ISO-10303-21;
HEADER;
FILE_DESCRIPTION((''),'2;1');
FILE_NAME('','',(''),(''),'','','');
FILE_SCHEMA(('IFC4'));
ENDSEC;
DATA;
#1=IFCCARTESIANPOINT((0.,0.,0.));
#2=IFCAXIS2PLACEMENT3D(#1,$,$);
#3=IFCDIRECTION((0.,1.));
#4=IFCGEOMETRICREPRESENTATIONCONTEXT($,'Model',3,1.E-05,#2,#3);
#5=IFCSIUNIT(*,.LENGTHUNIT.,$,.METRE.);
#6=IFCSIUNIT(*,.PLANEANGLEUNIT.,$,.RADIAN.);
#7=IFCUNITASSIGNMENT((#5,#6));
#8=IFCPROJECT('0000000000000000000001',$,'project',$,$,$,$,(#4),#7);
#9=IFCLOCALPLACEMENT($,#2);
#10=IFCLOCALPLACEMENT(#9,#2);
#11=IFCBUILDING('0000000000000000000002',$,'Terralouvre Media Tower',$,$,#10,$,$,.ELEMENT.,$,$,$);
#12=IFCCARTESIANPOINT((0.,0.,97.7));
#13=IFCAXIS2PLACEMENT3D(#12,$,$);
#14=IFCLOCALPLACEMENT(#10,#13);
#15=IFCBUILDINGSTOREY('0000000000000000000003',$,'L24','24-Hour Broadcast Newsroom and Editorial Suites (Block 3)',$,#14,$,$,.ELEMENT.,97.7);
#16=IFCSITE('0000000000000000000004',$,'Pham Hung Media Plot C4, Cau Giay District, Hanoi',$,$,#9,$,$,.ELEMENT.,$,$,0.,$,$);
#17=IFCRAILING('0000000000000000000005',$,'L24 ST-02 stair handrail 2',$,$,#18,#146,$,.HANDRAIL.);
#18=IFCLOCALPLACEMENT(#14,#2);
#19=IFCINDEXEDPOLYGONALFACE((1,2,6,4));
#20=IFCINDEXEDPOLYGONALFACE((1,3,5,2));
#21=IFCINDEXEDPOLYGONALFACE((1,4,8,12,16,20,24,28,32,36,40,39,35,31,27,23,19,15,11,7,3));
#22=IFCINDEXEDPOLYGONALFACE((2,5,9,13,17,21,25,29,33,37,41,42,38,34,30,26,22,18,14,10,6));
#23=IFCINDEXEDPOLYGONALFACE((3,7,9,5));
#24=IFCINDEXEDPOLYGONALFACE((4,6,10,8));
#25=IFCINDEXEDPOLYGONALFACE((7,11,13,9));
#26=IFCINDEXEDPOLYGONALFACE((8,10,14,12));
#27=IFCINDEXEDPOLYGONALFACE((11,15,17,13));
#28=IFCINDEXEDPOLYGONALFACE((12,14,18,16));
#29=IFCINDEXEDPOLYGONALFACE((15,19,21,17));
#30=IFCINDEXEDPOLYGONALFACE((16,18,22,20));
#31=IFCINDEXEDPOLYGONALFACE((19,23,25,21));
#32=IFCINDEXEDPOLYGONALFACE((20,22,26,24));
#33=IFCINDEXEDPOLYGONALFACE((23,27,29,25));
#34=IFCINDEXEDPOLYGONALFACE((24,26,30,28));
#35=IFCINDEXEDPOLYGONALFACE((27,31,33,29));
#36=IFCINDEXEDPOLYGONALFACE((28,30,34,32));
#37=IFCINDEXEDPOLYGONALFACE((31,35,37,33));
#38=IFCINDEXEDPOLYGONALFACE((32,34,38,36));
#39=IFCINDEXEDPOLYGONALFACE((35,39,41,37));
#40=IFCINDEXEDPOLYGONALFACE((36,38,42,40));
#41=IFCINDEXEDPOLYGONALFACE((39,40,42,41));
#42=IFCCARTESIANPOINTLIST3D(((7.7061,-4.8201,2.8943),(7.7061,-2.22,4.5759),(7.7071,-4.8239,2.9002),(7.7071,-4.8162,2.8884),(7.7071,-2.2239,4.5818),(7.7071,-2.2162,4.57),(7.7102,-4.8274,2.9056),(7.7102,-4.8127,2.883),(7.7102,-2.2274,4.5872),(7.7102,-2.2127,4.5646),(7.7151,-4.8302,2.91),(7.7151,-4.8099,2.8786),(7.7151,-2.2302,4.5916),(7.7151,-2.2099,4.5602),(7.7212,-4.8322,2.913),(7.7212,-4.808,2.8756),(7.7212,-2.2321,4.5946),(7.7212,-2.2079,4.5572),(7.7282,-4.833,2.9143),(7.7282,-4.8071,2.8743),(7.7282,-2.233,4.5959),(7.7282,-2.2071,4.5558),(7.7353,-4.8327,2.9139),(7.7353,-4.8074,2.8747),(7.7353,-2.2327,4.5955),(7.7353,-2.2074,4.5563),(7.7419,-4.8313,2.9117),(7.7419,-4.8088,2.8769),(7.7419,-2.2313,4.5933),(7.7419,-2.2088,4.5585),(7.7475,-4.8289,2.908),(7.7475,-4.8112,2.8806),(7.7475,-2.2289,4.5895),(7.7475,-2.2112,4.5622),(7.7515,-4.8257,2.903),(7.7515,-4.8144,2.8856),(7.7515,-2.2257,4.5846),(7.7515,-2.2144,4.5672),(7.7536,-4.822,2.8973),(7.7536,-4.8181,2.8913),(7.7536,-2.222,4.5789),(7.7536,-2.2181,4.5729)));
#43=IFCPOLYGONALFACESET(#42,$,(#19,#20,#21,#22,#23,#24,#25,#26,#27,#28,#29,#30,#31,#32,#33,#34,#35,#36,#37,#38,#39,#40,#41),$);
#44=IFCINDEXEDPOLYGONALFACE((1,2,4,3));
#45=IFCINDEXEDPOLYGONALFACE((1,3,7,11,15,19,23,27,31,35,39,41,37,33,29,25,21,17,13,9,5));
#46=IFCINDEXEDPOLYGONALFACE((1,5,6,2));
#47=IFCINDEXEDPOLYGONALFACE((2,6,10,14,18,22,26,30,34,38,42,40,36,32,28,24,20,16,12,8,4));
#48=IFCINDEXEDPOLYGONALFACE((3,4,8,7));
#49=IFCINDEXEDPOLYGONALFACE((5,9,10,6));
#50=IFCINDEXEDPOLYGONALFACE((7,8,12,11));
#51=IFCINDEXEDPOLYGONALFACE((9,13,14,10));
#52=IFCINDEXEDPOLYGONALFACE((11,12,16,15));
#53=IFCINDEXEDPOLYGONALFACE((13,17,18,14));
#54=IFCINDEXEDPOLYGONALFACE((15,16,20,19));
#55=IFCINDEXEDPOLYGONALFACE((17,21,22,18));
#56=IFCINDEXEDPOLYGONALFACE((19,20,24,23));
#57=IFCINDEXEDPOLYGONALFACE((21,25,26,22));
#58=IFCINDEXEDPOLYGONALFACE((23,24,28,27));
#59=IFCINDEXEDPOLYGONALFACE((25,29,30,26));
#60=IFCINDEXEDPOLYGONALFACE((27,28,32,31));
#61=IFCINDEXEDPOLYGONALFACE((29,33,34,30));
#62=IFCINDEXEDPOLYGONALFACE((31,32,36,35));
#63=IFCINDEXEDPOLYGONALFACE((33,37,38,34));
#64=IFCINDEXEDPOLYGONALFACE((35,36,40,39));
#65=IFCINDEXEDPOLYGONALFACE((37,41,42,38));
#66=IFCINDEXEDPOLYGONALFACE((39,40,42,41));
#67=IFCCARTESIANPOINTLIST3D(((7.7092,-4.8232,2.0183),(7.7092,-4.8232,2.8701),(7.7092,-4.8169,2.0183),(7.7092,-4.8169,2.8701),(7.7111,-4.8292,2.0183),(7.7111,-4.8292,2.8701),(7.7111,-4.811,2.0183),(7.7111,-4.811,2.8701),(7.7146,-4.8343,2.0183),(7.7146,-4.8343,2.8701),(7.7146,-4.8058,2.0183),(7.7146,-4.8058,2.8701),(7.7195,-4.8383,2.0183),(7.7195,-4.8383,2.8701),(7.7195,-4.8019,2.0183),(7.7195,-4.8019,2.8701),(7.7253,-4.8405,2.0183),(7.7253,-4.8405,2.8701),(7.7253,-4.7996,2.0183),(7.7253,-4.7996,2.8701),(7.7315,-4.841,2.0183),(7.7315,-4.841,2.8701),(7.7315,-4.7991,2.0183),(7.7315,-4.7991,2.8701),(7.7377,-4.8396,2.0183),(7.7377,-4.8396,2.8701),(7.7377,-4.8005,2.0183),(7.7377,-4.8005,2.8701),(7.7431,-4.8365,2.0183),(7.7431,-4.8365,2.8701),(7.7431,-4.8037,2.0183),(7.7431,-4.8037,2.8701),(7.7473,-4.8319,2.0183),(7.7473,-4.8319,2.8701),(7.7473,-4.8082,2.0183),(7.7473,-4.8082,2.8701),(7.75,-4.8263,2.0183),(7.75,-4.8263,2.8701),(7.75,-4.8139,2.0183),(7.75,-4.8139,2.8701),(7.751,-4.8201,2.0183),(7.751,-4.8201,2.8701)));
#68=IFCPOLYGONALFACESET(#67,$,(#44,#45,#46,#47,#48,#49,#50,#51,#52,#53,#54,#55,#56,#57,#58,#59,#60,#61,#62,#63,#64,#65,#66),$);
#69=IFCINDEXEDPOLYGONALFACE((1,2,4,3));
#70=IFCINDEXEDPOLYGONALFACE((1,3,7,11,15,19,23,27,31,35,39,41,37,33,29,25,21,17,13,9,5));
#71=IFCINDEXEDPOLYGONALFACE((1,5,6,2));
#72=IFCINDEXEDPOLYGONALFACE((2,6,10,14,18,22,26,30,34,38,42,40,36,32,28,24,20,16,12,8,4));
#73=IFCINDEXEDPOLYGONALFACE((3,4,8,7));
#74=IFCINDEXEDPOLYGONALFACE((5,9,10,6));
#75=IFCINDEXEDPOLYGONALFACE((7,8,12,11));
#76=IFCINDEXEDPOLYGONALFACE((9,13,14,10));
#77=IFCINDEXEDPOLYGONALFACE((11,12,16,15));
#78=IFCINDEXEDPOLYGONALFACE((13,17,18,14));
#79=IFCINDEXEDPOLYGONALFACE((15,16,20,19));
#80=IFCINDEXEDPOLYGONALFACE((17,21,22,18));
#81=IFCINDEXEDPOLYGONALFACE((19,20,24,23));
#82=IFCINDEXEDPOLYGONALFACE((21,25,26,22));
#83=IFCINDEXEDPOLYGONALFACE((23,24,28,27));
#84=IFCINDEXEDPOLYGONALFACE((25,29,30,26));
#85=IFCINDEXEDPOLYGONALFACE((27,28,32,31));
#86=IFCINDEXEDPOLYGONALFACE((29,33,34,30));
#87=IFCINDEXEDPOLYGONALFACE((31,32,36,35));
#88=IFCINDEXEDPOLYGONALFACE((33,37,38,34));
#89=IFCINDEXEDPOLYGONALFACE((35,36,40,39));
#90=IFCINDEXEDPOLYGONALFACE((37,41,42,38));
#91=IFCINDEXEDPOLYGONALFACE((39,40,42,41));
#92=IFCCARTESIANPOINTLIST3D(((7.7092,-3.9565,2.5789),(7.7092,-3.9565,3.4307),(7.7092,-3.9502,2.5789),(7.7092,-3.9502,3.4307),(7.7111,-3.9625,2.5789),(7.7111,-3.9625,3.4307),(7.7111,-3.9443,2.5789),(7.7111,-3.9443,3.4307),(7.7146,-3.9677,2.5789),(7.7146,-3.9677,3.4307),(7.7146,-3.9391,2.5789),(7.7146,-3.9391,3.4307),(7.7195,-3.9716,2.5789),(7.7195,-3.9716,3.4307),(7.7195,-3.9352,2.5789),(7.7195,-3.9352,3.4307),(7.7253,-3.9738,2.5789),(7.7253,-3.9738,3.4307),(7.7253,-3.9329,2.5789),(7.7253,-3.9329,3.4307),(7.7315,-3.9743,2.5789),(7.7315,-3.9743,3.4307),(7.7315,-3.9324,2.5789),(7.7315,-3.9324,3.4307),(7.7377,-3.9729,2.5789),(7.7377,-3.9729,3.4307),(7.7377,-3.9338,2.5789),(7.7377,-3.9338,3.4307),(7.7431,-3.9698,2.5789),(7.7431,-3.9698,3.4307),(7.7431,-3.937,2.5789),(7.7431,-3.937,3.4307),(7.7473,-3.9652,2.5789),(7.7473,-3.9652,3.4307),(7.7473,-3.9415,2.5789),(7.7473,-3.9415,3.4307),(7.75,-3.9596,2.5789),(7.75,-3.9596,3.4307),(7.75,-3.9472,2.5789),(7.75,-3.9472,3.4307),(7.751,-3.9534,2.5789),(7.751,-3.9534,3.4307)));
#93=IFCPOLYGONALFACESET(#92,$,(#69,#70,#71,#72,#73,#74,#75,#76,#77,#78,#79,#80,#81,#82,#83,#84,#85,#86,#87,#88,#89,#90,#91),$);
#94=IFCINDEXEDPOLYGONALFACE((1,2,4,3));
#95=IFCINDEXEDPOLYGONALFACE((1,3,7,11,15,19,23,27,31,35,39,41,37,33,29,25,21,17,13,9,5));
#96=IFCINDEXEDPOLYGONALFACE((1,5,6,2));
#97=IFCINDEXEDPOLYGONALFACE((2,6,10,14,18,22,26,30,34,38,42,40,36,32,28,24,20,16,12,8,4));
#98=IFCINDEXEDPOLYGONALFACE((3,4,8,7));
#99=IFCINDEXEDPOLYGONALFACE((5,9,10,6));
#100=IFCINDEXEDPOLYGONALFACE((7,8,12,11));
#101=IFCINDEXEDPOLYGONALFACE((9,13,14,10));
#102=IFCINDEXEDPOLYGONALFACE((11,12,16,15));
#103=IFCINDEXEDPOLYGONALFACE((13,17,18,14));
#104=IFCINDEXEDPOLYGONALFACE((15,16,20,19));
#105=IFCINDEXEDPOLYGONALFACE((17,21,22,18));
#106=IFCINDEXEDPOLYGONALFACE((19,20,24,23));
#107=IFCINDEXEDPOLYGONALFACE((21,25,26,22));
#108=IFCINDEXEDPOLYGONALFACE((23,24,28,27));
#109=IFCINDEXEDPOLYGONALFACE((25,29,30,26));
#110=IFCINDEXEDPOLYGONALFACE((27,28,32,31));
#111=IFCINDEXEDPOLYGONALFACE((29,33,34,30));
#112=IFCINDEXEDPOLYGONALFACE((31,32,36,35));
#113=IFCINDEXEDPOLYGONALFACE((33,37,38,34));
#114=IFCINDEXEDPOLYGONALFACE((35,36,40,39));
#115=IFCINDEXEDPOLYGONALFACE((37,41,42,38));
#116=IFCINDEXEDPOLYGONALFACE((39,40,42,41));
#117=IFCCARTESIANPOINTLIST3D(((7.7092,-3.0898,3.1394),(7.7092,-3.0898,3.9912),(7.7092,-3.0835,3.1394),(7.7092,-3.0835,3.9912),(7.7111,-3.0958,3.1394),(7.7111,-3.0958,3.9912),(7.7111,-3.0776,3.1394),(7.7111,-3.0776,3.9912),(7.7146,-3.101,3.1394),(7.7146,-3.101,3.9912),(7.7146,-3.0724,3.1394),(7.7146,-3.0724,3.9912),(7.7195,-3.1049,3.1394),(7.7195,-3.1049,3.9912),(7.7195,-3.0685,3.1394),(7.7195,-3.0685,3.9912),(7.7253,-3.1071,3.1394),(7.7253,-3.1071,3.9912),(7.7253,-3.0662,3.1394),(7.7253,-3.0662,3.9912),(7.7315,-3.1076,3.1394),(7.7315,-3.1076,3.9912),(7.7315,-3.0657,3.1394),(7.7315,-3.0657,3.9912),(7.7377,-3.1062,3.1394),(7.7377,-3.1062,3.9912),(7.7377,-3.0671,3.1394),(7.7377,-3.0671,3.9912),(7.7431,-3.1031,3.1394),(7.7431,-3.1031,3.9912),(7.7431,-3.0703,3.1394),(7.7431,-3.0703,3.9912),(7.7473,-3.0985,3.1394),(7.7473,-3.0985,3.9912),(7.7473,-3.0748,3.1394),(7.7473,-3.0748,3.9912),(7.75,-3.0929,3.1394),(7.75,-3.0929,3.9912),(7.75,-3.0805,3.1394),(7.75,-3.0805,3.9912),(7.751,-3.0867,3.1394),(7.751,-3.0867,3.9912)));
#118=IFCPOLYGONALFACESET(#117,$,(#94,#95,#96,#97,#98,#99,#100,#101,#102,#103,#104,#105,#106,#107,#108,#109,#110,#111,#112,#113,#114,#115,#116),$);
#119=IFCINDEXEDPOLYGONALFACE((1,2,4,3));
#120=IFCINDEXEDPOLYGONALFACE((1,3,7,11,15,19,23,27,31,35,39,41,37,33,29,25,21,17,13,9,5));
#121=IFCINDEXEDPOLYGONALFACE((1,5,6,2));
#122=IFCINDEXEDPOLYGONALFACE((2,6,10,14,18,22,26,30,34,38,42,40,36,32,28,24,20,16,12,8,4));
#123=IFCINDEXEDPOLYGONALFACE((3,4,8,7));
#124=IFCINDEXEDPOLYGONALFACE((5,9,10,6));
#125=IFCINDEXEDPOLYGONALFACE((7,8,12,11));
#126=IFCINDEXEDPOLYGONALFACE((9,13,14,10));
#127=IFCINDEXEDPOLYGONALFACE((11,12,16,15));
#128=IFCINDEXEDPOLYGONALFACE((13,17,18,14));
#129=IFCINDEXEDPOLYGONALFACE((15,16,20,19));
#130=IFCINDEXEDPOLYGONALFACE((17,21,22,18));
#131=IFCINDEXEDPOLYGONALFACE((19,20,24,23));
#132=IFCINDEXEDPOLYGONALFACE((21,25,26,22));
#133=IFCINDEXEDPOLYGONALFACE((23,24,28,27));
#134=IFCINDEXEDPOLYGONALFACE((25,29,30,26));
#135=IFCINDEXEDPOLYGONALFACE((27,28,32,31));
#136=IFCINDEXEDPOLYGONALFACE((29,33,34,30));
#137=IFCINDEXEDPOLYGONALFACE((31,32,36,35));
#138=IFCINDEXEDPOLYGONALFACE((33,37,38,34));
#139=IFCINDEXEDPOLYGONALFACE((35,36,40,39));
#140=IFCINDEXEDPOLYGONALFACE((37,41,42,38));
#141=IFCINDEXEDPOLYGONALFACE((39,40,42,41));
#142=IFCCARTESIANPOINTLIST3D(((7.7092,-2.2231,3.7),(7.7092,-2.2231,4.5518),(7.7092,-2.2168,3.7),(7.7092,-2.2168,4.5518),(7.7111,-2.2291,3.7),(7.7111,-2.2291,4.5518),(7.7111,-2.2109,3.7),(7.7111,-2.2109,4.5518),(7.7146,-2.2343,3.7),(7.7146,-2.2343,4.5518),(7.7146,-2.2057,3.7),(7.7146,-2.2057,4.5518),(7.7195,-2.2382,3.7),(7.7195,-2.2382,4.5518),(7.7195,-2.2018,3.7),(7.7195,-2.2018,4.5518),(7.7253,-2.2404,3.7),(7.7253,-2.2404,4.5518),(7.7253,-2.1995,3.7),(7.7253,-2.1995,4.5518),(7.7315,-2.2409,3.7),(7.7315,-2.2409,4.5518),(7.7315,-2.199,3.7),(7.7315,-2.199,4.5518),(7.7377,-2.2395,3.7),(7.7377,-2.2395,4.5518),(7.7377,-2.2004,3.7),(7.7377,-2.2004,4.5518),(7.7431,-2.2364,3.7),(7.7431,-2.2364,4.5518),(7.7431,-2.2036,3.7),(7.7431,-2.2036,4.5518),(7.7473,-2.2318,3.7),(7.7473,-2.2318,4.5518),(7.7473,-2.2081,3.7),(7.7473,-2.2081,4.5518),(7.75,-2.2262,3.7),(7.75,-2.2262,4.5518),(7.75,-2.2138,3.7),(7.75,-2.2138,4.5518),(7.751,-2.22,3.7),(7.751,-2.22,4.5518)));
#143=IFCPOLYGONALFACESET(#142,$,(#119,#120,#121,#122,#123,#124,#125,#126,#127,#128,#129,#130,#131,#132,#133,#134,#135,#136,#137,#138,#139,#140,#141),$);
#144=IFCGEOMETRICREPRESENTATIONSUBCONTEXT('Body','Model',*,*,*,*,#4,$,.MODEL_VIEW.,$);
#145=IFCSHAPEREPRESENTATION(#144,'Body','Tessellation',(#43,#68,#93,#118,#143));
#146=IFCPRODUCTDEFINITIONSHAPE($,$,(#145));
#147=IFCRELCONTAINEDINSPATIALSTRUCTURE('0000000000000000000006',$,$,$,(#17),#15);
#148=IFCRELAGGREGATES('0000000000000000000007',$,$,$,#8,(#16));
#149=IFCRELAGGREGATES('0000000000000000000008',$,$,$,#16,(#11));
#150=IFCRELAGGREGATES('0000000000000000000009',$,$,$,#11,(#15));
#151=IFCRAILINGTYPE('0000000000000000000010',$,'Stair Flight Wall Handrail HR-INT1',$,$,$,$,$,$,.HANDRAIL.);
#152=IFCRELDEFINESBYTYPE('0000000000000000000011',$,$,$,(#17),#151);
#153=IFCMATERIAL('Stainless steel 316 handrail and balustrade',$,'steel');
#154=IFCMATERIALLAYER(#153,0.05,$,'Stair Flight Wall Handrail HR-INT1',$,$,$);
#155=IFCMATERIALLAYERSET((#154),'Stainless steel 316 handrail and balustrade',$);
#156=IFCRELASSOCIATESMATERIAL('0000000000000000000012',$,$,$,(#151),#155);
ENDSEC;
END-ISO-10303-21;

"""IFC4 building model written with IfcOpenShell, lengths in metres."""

from ifc_helpers import new_model, si_unit, direction, frame, origin, origin_2d, place, context, subcontext, project, spatial, circle, extrude, material, layer, layer_set, type_object, element, save


model = new_model("IFC4")

# Units and contexts
model_context = context("Model", 3, precision=1e-05, world=origin(), true_north=direction((0.0, 1.0)))
body_context = subcontext(model_context, "Body", "Model", "MODEL_VIEW")
ifc_project = project(units=[si_unit("LENGTHUNIT", "METRE"), si_unit("PLANEANGLEUNIT", "RADIAN")], contexts=[model_context])

# Site, building, storey
site_placement = place(None, origin())
site = spatial("IfcSite", under=ifc_project, at=site_placement, Name="Pham Hung Media Plot C4, Cau Giay District, Hanoi", CompositionType="ELEMENT", RefElevation=0.0)
building_placement = place(site_placement, origin())
building = spatial("IfcBuilding", under=site, at=building_placement, Name="Terralouvre Media Tower", CompositionType="ELEMENT")
storey_placement = place(building_placement, frame((0.0, 0.0, 97.7)))
storey = spatial("IfcBuildingStorey", under=building, at=storey_placement, Name="L24", Description="24-Hour Broadcast Newsroom and Editorial Suites (Block 3)", CompositionType="ELEMENT", Elevation=97.7)

# Railing
ifc_material_1 = material(Name="Stainless steel 316 handrail and balustrade", Category="steel")
ifc_layer_1 = layer(ifc_material_1, 0.05, Name="Stair Flight Wall Handrail HR-INT1")
ifc_layer_set_1 = layer_set([ifc_layer_1], Name="Stainless steel 316 handrail and balustrade")
railing_type_1 = type_object("IfcRailingType", Name="Stair Flight Wall Handrail HR-INT1", PredefinedType="HANDRAIL", material=ifc_layer_set_1)
railing_1_placement = place(storey_placement, frame((7.73, -4.8201, 2.0183)))
element("IfcRailing", 1, at=railing_1_placement, inside=storey, type_object=railing_type_1, Name="L24 ST-02 stair handrail 2", PredefinedType="HANDRAIL", context=body_context, shape_type="SweptSolid", body=[
    extrude(circle(Radius=0.0239, at=origin_2d()), frame((0.0, 0.0, 0.876), z_axis=(0.0, 0.839684, 0.543075), x_axis=(-1.0, 0.0, 0.0)), (0.0, 0.0, 1.0), 3.0964),
    extrude(circle(Radius=0.021, at=origin_2d()), origin(), (0.0, 0.0, 1.0), 0.8518),
    extrude(circle(Radius=0.021, at=origin_2d()), frame((0.0, 0.8667, 0.5605)), (0.0, 0.0, 1.0), 0.8518),
    extrude(circle(Radius=0.021, at=origin_2d()), frame((0.0, 1.7334, 1.1211)), (0.0, 0.0, 1.0), 0.8518),
    extrude(circle(Radius=0.021, at=origin_2d()), frame((0.0, 2.6001, 1.6816)), (0.0, 0.0, 1.0), 0.8518),
])

save(model, "model.ifc")
